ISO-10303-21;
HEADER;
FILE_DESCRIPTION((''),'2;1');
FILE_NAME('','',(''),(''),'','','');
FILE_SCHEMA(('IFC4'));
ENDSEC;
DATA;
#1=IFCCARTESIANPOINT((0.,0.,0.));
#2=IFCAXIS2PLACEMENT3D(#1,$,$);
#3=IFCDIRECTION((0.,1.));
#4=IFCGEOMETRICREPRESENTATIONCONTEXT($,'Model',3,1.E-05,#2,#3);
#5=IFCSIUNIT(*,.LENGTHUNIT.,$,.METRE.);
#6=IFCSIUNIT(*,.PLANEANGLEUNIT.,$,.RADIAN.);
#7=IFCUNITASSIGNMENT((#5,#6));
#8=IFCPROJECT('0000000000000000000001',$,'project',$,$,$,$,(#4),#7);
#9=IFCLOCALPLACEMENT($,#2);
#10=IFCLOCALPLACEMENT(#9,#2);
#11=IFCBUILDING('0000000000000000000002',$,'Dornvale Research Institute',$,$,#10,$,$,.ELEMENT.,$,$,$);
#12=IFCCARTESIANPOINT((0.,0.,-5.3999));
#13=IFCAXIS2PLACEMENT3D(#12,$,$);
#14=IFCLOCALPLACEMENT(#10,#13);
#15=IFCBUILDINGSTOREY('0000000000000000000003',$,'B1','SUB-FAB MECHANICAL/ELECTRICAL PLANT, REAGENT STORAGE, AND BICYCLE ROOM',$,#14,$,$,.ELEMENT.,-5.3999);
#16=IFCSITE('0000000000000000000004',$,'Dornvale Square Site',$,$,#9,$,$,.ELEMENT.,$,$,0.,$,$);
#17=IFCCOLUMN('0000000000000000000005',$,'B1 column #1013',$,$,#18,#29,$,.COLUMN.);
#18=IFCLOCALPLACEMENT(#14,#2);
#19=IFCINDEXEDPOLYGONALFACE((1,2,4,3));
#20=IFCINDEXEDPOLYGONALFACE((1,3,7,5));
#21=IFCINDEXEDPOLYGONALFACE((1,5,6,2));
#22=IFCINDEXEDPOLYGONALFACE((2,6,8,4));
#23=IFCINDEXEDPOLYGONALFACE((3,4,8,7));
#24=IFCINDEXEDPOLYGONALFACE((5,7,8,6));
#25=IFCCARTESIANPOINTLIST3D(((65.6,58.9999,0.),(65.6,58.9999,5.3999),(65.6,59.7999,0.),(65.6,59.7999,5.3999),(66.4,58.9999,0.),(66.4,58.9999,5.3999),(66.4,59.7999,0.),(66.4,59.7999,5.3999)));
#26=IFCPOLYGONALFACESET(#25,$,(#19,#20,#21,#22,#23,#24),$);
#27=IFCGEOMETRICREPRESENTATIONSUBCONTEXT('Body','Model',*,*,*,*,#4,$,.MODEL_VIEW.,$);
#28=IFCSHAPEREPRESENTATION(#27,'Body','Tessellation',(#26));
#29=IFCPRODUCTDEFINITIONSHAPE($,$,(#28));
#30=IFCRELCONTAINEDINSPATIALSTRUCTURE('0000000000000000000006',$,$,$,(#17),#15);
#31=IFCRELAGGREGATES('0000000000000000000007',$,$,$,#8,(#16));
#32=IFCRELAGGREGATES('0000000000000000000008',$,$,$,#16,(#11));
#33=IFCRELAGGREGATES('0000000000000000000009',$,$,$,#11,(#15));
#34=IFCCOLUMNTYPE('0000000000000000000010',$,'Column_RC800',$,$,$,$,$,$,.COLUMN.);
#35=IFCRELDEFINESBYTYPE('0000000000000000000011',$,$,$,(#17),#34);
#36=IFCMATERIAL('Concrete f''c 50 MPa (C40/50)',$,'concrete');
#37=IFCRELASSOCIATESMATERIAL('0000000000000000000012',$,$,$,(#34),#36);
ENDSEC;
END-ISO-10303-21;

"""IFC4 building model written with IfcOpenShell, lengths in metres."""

from ifc_helpers import new_model, si_unit, direction, frame, origin, origin_2d, place, context, subcontext, project, spatial, rectangle, extrude, material, material_profile, profile_set, type_object, element, save


model = new_model("IFC4")

# Units and contexts
model_context = context("Model", 3, precision=1e-05, world=origin(), true_north=direction((0.0, 1.0)))
body_context = subcontext(model_context, "Body", "Model", "MODEL_VIEW")
ifc_project = project(units=[si_unit("LENGTHUNIT", "METRE"), si_unit("PLANEANGLEUNIT", "RADIAN")], contexts=[model_context])

# Site, building, storey
site_placement = place(None, origin())
site = spatial("IfcSite", under=ifc_project, at=site_placement, Name="Dornvale Square Site", CompositionType="ELEMENT", RefElevation=0.0)
building_placement = place(site_placement, origin())
building = spatial("IfcBuilding", under=site, at=building_placement, Name="Dornvale Research Institute", CompositionType="ELEMENT")
storey_placement = place(building_placement, frame((0.0, 0.0, -5.3999)))
storey = spatial("IfcBuildingStorey", under=building, at=storey_placement, Name="B1", Description="SUB-FAB MECHANICAL/ELECTRICAL PLANT, REAGENT STORAGE, AND BICYCLE ROOM", CompositionType="ELEMENT", Elevation=-5.3999)

# Column
ifc_material_1 = material(Name="Concrete f'c 50 MPa (C40/50)", Category="concrete")
ifc_material_profile_1 = material_profile(ifc_material_1, rectangle(XDim=0.8, YDim=0.8, at=origin_2d()), Name="RC 800x800")
ifc_profile_set_1 = profile_set([ifc_material_profile_1], Name="Concrete f'c 50 MPa (C40/50)")
column_type = type_object("IfcColumnType", Name="Column_RC800", PredefinedType="COLUMN", material=ifc_profile_set_1)
for number, where, z_axis, x_axis, name in (
    (1, (66.0, 59.3999, 0.0), (0.0, 0.0, 1.0), (1.0, 0.0, 0.0), "B1 column #1013"),
):
    element("IfcColumn", number, at=place(storey_placement, frame(where, z_axis=z_axis, x_axis=x_axis)), inside=storey, type_object=column_type, Name=name, PredefinedType="COLUMN", context=body_context, shape_type="SweptSolid", body=[
        extrude(rectangle(XDim=0.8, YDim=0.8, at=origin_2d()), origin(), (0.0, 0.0, 1.0), 5.3999),
    ])

save(model, "model.ifc")
